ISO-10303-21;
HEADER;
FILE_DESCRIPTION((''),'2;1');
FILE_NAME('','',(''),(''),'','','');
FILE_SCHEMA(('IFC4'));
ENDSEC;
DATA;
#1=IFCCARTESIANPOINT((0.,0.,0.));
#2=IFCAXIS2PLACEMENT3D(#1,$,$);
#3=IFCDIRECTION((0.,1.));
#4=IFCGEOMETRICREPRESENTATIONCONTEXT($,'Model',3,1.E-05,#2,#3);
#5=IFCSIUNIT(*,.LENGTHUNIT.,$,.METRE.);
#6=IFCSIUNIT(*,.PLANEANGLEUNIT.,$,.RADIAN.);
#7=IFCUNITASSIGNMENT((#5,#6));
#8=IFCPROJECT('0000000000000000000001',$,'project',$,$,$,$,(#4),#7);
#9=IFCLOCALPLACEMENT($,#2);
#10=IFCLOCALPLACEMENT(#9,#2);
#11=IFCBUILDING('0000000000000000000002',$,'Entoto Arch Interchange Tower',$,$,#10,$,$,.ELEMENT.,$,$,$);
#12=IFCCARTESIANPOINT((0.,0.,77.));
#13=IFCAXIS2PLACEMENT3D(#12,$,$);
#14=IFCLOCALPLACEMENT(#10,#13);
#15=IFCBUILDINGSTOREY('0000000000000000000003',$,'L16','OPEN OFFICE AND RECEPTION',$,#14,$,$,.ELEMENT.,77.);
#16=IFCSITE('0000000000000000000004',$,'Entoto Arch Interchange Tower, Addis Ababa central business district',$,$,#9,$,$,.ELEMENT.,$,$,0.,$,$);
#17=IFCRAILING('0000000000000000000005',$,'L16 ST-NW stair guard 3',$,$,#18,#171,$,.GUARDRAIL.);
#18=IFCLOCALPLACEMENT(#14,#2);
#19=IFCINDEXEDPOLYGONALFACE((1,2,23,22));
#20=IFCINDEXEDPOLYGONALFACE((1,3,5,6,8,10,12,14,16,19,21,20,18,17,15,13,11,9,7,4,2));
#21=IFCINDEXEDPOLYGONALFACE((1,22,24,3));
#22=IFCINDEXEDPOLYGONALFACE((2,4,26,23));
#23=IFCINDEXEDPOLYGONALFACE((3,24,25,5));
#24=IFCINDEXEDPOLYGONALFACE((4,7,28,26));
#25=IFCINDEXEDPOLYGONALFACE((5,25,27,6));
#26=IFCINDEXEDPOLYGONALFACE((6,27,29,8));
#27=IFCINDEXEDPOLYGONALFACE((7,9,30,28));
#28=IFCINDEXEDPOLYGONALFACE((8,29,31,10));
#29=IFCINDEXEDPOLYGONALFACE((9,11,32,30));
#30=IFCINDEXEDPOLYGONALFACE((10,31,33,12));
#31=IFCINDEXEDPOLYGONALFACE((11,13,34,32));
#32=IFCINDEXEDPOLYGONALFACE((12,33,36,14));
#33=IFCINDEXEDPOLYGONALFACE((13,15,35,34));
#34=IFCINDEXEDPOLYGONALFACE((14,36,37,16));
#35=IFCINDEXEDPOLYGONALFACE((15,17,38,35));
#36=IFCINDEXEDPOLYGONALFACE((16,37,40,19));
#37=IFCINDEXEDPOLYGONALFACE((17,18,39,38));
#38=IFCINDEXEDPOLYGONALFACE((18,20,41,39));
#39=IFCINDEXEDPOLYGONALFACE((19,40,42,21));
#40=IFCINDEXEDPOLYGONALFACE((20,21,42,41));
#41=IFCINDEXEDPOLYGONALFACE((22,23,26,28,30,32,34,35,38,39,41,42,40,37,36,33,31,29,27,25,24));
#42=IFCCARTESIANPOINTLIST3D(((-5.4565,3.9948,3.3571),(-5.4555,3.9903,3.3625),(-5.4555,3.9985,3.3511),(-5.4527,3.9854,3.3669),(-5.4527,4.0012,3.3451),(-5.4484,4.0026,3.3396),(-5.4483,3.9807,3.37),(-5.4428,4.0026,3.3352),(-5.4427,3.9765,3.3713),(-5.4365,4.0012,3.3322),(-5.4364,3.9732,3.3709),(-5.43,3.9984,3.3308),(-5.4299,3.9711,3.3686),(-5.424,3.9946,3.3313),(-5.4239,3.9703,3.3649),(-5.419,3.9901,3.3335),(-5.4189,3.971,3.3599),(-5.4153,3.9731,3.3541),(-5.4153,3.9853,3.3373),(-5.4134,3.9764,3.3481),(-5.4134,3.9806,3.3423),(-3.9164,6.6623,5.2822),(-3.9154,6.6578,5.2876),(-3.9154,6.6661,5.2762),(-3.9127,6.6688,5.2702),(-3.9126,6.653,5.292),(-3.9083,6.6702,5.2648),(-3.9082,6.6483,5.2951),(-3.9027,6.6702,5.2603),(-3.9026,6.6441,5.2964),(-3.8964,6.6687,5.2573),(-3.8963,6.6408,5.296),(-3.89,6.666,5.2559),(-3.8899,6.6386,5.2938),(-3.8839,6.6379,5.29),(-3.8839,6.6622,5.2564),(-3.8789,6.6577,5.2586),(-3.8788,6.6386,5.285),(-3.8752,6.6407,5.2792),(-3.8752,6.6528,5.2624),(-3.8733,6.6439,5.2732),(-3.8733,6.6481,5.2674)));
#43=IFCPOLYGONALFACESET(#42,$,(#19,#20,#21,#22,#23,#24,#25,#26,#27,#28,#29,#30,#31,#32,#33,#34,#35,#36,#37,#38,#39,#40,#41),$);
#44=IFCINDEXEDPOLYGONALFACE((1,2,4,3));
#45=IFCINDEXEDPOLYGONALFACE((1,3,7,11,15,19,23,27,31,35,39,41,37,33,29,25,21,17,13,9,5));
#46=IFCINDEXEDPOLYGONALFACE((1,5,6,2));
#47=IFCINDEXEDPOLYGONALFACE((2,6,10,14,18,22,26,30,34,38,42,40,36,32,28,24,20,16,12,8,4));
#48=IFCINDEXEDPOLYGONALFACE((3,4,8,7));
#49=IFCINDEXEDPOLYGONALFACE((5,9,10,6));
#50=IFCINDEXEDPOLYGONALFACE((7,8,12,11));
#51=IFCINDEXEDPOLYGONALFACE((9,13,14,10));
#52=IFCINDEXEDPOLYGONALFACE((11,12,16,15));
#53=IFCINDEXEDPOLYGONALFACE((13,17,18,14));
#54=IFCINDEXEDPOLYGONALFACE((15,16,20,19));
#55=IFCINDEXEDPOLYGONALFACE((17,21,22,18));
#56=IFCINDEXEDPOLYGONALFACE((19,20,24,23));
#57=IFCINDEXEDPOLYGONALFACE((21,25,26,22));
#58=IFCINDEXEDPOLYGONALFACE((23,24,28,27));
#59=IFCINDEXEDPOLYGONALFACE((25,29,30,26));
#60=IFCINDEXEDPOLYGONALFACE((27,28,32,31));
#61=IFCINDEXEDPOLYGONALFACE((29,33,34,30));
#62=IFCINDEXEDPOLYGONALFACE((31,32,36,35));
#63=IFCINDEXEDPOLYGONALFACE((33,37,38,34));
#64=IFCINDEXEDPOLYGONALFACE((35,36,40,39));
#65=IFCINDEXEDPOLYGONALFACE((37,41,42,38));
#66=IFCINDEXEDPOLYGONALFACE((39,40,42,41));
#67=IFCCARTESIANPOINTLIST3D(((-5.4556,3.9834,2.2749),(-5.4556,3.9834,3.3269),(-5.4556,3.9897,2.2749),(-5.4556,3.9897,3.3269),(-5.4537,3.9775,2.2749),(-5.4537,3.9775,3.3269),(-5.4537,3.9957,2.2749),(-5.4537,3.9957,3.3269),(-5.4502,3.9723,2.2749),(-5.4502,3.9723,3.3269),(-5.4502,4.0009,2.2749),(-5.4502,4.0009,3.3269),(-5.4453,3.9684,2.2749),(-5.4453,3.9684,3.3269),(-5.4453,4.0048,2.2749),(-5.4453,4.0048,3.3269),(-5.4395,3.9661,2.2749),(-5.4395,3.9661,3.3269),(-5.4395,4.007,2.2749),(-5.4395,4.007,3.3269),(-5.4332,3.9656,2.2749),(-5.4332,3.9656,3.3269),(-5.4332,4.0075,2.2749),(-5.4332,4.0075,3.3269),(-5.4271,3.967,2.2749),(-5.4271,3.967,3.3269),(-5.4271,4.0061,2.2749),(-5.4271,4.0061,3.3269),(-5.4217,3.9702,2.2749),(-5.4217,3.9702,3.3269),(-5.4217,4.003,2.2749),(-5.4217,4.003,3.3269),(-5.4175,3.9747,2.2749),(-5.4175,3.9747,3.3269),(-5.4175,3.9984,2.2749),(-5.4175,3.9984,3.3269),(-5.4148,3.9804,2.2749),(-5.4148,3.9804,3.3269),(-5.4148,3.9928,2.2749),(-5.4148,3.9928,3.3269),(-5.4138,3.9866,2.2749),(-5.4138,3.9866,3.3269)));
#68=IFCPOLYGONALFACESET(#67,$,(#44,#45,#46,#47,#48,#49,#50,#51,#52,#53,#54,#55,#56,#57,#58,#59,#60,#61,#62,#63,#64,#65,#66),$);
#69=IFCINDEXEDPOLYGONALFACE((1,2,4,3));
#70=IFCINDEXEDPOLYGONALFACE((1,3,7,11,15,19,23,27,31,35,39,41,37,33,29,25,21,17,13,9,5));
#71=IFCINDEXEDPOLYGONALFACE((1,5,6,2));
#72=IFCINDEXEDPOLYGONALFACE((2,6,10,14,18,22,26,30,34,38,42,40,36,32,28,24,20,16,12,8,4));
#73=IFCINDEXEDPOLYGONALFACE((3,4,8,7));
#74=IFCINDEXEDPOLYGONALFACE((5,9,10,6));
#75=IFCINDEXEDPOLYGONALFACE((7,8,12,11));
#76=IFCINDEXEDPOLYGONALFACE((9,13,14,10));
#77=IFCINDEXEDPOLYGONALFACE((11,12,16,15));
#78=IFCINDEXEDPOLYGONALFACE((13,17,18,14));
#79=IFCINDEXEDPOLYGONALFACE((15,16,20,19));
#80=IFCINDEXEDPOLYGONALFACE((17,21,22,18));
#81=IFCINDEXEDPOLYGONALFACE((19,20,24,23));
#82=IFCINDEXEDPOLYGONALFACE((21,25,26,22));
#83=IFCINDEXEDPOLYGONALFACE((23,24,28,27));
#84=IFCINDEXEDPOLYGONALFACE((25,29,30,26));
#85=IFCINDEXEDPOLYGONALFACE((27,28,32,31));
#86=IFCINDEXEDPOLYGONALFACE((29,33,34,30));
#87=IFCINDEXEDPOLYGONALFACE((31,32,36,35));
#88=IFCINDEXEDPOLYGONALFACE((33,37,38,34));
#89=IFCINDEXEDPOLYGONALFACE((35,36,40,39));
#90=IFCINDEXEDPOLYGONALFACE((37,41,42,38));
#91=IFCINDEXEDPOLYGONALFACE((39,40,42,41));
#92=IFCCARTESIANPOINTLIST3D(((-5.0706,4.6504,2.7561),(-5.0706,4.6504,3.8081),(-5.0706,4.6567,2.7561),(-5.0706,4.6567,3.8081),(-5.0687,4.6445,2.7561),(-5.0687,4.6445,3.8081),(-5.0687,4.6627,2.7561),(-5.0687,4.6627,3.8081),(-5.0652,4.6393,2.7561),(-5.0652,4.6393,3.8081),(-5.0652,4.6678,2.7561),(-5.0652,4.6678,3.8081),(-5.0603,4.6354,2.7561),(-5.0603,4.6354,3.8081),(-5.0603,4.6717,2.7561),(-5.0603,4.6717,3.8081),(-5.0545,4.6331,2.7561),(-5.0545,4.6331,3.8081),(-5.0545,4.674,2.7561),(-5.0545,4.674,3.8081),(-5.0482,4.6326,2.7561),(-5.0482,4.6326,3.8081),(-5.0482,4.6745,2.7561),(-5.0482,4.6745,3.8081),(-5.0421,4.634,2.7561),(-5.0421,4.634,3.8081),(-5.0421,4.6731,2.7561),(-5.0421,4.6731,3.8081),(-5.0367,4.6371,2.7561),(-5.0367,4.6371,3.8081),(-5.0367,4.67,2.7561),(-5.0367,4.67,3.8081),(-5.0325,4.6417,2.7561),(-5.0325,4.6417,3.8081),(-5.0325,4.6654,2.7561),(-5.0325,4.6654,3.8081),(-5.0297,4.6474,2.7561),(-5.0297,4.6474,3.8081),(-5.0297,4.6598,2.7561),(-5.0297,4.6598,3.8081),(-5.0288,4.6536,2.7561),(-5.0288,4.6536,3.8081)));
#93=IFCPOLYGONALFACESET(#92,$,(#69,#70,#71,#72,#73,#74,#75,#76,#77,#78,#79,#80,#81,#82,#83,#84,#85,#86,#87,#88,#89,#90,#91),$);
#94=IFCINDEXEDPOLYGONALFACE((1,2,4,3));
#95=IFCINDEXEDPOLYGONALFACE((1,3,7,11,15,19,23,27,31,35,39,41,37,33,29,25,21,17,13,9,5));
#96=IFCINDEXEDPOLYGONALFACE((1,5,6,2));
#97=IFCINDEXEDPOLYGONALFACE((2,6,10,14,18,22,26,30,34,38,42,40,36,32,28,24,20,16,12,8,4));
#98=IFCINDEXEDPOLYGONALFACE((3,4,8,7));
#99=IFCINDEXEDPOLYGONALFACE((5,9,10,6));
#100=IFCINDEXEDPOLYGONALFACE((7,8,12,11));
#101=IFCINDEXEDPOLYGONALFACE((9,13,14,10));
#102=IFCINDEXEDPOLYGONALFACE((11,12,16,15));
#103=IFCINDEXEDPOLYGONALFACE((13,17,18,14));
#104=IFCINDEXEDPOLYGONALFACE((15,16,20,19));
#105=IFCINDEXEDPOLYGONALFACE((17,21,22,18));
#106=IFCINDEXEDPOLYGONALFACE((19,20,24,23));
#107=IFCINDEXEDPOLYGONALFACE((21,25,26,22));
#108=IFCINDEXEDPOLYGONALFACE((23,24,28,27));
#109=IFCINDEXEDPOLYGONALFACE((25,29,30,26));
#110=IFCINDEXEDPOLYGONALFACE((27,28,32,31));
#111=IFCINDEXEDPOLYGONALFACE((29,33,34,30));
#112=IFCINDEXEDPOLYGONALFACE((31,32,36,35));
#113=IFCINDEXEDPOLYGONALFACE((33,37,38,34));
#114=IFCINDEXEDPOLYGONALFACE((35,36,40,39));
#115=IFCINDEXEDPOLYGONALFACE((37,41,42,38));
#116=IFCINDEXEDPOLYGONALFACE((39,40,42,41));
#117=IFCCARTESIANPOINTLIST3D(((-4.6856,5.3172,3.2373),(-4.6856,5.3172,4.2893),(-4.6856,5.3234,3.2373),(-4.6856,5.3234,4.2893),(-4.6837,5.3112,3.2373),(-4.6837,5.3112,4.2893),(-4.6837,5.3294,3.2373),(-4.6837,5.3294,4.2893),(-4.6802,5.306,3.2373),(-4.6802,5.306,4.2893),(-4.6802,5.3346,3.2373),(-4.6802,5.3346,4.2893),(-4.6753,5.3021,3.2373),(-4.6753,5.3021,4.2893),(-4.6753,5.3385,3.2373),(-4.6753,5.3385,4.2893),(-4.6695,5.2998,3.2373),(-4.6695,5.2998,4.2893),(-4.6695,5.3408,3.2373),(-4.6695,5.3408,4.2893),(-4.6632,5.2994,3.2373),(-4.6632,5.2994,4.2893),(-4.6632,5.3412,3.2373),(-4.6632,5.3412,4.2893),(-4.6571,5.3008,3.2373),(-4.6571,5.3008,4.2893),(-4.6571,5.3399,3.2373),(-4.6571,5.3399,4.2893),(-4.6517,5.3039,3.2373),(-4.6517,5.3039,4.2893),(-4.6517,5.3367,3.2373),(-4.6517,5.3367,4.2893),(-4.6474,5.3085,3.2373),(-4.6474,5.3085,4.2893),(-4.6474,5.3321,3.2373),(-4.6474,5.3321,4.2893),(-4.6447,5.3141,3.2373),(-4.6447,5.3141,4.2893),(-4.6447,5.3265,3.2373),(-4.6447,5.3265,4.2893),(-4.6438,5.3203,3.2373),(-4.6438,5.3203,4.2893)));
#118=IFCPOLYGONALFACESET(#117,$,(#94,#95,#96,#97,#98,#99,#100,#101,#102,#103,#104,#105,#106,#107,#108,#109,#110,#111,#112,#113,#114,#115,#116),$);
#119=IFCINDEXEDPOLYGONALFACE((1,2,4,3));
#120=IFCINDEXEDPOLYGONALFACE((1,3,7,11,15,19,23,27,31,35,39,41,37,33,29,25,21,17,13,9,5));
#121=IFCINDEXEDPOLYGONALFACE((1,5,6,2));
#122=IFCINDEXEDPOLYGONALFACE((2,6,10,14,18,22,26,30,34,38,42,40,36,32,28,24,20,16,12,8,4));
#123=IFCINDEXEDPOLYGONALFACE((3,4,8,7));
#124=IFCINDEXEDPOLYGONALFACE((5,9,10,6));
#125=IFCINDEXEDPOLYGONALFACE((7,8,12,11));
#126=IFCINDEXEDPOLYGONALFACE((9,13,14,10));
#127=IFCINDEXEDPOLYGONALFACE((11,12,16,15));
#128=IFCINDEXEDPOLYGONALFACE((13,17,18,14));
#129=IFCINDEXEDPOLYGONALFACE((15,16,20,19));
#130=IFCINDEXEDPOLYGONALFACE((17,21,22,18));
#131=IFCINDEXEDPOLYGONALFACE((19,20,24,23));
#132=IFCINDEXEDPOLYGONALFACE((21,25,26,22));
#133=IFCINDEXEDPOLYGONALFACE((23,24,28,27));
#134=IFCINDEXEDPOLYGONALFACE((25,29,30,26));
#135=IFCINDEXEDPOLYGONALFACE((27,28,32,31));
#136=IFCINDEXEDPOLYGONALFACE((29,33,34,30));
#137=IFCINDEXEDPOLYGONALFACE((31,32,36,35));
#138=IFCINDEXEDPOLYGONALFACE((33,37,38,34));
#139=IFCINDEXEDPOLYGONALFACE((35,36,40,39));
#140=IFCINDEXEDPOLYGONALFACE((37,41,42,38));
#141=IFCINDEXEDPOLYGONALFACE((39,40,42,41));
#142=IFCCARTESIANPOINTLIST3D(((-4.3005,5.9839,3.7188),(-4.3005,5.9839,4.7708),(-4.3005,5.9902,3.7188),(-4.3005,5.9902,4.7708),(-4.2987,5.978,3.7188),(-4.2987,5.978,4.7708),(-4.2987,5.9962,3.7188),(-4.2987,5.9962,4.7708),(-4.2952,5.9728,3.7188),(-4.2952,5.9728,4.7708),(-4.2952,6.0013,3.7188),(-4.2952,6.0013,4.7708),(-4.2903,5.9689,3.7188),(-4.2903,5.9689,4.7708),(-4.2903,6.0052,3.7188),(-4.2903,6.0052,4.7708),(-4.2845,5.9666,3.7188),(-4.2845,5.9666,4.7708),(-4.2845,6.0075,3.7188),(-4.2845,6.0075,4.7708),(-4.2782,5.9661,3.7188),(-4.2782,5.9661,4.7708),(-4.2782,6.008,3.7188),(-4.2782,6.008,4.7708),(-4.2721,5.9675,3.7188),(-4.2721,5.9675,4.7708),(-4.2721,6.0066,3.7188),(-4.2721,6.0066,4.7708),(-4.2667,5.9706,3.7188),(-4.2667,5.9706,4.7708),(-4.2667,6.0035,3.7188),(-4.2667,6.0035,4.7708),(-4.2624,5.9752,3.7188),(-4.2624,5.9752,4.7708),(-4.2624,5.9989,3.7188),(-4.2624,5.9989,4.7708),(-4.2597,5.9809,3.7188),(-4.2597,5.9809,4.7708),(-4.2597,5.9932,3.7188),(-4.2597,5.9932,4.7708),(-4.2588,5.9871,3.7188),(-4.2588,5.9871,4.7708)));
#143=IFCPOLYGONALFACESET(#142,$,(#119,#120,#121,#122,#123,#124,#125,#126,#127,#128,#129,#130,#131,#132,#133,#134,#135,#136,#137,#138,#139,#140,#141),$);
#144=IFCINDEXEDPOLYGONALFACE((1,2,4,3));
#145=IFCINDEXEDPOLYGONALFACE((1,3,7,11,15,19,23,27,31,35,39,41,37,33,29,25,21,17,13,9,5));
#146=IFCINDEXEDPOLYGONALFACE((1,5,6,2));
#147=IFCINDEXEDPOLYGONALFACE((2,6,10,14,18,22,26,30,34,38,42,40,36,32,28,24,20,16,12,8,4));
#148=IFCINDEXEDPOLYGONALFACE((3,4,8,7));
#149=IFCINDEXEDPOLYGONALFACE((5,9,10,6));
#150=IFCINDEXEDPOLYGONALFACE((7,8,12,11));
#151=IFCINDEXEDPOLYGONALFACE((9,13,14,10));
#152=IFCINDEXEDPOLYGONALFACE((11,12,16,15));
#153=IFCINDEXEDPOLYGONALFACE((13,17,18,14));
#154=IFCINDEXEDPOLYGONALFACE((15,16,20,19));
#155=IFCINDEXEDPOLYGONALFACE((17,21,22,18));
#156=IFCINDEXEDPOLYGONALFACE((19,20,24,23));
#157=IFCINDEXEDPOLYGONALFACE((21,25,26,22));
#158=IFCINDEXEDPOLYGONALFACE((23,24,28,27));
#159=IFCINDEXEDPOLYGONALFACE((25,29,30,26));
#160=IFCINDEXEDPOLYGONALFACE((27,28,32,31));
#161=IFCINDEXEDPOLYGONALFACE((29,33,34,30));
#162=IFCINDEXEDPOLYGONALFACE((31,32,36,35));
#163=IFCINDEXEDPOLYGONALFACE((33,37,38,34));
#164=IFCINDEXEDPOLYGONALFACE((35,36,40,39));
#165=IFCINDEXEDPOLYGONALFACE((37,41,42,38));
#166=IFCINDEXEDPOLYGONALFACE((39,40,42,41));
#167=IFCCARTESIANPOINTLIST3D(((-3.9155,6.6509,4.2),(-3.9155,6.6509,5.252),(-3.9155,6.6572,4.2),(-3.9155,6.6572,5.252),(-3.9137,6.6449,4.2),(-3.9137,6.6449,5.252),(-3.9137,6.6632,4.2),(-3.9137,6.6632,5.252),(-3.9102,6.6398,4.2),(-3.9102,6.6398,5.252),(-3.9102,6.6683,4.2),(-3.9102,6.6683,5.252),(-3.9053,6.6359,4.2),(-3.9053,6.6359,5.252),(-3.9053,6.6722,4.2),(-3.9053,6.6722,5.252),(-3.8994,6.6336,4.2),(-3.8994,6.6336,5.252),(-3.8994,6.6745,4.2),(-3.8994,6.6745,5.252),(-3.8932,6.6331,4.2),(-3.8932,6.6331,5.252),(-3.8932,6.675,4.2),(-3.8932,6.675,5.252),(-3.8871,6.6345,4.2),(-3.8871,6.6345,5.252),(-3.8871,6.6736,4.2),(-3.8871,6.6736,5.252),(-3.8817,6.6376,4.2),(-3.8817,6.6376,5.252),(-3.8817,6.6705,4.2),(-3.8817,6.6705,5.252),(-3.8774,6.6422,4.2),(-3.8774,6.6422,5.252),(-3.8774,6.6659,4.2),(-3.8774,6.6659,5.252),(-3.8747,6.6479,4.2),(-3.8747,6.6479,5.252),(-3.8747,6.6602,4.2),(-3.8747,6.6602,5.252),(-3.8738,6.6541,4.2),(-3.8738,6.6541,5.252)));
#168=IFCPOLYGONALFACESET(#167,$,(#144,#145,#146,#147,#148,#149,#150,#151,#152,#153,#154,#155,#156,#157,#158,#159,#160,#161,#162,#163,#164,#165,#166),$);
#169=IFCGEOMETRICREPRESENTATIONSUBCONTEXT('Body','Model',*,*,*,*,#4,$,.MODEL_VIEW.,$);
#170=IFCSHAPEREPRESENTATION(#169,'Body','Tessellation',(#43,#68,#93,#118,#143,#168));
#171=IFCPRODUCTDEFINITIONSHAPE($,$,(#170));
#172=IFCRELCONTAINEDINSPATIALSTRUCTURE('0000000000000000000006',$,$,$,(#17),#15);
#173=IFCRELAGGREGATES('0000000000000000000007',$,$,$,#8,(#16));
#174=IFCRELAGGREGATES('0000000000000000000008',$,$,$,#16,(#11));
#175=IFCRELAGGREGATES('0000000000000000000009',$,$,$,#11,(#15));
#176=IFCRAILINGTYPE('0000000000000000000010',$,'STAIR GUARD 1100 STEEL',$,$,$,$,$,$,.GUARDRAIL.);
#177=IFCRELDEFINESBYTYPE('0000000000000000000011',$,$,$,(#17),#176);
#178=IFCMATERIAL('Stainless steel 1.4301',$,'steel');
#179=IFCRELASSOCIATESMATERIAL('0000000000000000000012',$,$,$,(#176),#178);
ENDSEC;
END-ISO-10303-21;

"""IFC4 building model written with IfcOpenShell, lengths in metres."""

from ifc_helpers import new_model, si_unit, direction, frame, origin, origin_2d, place, context, subcontext, project, spatial, circle, extrude, material, type_object, element, save


model = new_model("IFC4")

# Units and contexts
model_context = context("Model", 3, precision=1e-05, world=origin(), true_north=direction((0.0, 1.0)))
body_context = subcontext(model_context, "Body", "Model", "MODEL_VIEW")
ifc_project = project(units=[si_unit("LENGTHUNIT", "METRE"), si_unit("PLANEANGLEUNIT", "RADIAN")], contexts=[model_context])

# Site, building, storey
site_placement = place(None, origin())
site = spatial("IfcSite", under=ifc_project, at=site_placement, Name="Entoto Arch Interchange Tower, Addis Ababa central business district", CompositionType="ELEMENT", RefElevation=0.0)
building_placement = place(site_placement, origin())
building = spatial("IfcBuilding", under=site, at=building_placement, Name="Entoto Arch Interchange Tower", CompositionType="ELEMENT")
storey_placement = place(building_placement, frame((0.0, 0.0, 77.0)))
storey = spatial("IfcBuildingStorey", under=building, at=storey_placement, Name="L16", Description="OPEN OFFICE AND RECEPTION", CompositionType="ELEMENT", Elevation=77.0)

# Railing
ifc_material_1 = material(Name="Stainless steel 1.4301", Category="steel")
railing_type_1 = type_object("IfcRailingType", Name="STAIR GUARD 1100 STEEL", PredefinedType="GUARDRAIL", material=ifc_material_1)
railing_1_placement = place(storey_placement, frame((-5.4348, 3.9866, 2.2749)))
element("IfcRailing", 1, at=railing_1_placement, inside=storey, type_object=railing_type_1, Name="L16 ST-NW stair guard 3", PredefinedType="GUARDRAIL", context=body_context, shape_type="SweptSolid", body=[
    extrude(circle(Radius=0.0239, at=origin_2d()), frame((0.0, 0.0, 1.0762), z_axis=(0.423994, 0.734395, 0.529993), x_axis=(-0.86603, 0.499992, 0.0)), (0.0, 0.0, 1.0), 3.6323),
    extrude(circle(Radius=0.021, at=origin_2d()), origin(), (0.0, 0.0, 1.0), 1.052),
    extrude(circle(Radius=0.021, at=origin_2d()), frame((0.385, 0.667, 0.4812)), (0.0, 0.0, 1.0), 1.052),
    extrude(circle(Radius=0.021, at=origin_2d()), frame((0.77, 1.3337, 0.9624)), (0.0, 0.0, 1.0), 1.052),
    extrude(circle(Radius=0.021, at=origin_2d()), frame((1.155, 2.0005, 1.4438)), (0.0, 0.0, 1.0), 1.052),
    extrude(circle(Radius=0.021, at=origin_2d()), frame((1.54, 2.6675, 1.925)), (0.0, 0.0, 1.0), 1.052),
])

save(model, "model.ifc")
